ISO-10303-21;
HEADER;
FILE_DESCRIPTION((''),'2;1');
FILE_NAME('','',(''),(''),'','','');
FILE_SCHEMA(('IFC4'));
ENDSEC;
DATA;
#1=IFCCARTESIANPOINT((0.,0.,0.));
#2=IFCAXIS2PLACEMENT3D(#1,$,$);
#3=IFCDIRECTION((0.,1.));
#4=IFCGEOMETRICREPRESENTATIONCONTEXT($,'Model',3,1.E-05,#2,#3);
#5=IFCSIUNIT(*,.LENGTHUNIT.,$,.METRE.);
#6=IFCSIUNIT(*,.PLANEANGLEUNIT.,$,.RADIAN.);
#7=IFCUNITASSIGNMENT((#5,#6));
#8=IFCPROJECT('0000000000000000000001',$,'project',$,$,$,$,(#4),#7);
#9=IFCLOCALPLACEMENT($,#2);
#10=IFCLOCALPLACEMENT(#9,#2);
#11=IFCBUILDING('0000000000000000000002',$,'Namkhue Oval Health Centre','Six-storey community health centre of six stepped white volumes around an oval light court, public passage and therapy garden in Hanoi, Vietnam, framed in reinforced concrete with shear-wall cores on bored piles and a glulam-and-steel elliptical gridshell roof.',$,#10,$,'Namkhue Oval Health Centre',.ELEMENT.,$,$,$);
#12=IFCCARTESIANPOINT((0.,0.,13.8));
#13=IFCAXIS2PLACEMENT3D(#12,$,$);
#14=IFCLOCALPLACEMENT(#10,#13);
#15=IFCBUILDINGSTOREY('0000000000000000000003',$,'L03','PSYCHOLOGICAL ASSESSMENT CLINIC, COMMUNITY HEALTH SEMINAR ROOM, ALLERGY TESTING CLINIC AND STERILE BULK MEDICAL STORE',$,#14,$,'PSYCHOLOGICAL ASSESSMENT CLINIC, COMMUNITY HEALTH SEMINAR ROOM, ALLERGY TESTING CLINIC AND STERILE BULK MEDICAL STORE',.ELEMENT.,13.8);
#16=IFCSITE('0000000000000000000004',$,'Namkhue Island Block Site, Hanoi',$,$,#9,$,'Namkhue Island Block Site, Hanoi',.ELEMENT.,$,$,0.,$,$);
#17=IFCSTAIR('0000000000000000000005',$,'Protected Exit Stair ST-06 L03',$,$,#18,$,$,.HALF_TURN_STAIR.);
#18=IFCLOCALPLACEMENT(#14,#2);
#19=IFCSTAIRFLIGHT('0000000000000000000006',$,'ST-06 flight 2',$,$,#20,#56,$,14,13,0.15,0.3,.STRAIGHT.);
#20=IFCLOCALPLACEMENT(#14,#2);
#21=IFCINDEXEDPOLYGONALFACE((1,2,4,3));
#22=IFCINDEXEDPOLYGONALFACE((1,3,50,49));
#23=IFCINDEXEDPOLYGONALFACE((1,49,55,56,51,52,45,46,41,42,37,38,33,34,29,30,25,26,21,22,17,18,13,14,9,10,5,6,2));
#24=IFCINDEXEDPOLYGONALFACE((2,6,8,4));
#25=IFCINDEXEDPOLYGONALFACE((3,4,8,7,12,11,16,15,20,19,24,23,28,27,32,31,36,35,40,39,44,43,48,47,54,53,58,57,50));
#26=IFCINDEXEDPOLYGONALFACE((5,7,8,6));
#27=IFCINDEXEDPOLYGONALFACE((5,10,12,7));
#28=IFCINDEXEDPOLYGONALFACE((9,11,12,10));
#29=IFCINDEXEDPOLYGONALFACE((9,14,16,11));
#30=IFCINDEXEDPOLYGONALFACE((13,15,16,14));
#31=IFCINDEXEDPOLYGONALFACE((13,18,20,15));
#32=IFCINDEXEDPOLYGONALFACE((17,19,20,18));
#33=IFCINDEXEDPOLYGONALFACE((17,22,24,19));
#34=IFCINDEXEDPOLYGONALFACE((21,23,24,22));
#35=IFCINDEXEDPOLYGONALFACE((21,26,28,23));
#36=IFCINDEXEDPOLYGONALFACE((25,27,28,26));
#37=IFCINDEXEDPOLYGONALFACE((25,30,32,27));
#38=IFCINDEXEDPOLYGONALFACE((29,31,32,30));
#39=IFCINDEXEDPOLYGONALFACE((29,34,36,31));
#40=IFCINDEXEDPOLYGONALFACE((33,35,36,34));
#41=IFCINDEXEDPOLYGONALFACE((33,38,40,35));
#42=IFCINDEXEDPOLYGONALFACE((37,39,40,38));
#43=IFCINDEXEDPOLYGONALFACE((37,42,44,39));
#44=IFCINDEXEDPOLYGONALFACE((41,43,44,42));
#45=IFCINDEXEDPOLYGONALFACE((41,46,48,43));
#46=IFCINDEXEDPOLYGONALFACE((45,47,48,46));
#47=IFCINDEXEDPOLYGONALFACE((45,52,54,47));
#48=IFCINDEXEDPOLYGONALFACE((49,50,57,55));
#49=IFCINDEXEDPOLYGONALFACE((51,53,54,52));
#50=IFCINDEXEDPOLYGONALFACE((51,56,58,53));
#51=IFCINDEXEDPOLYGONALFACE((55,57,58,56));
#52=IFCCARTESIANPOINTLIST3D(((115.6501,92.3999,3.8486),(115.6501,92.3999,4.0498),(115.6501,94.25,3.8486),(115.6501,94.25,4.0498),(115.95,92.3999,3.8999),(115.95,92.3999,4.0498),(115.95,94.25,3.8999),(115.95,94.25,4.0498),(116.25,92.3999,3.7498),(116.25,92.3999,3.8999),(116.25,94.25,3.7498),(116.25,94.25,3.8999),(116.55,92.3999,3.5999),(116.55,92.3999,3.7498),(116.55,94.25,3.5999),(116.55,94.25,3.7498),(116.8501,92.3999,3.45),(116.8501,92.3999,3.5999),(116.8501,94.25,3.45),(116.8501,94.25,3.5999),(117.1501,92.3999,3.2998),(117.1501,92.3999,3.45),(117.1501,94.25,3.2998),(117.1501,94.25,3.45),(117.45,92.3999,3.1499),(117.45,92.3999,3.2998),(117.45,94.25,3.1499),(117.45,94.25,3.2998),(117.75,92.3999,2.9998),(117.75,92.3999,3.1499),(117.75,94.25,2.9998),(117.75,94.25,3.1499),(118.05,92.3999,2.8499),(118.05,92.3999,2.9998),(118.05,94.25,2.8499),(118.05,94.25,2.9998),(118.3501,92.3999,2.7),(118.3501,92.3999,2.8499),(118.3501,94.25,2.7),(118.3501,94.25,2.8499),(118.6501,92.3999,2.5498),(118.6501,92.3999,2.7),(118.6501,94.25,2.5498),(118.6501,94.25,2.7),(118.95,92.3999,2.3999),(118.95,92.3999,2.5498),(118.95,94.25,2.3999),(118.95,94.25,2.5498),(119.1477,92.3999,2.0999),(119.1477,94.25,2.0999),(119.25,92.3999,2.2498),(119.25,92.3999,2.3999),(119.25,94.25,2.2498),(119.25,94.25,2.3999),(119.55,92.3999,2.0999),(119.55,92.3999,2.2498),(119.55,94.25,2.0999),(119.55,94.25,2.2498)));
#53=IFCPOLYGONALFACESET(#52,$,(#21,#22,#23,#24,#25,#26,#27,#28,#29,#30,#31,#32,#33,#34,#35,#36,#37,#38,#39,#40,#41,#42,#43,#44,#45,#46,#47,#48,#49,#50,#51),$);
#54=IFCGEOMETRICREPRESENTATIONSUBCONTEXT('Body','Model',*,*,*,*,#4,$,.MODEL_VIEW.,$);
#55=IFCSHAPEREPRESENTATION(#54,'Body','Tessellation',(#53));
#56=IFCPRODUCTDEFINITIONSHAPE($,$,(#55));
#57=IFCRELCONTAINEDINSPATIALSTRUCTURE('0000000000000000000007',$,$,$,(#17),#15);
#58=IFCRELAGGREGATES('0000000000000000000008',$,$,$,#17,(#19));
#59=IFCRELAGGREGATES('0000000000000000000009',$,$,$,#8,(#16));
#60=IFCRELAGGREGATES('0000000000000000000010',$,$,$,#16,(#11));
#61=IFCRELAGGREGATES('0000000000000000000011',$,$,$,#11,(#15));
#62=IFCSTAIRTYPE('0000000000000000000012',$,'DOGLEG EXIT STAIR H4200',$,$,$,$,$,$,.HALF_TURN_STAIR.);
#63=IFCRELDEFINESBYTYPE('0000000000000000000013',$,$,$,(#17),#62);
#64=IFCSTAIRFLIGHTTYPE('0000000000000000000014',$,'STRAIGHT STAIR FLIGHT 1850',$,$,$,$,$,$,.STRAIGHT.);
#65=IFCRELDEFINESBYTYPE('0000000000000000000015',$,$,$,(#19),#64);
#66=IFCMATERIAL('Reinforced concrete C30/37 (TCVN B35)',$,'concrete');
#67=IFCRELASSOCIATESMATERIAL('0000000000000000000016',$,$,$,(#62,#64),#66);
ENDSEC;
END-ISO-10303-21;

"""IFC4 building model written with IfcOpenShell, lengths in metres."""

from ifc_helpers import new_model, si_unit, direction, frame, origin, place, context, subcontext, project, spatial, polyline, outline, extrude, material, type_object, element, aggregate, save


model = new_model("IFC4")

# Units and contexts
model_context = context("Model", 3, precision=1e-05, world=origin(), true_north=direction((0.0, 1.0)))
body_context = subcontext(model_context, "Body", "Model", "MODEL_VIEW")
ifc_project = project(units=[si_unit("LENGTHUNIT", "METRE"), si_unit("PLANEANGLEUNIT", "RADIAN")], contexts=[model_context])

# Site, building, storey
site_placement = place(None, origin())
site = spatial("IfcSite", under=ifc_project, at=site_placement, Name="Namkhue Island Block Site, Hanoi", LongName="Namkhue Island Block Site, Hanoi", CompositionType="ELEMENT", RefElevation=0.0)
building_placement = place(site_placement, origin())
building = spatial("IfcBuilding", under=site, at=building_placement, Name="Namkhue Oval Health Centre", Description="Six-storey community health centre of six stepped white volumes around an oval light court, public passage and therapy garden in Hanoi, Vietnam, framed in reinforced concrete with shear-wall cores on bored piles and a glulam-and-steel elliptical gridshell roof.", LongName="Namkhue Oval Health Centre", CompositionType="ELEMENT")
storey_placement = place(building_placement, frame((0.0, 0.0, 13.8)))
storey = spatial("IfcBuildingStorey", under=building, at=storey_placement, Name="L03", Description="PSYCHOLOGICAL ASSESSMENT CLINIC, COMMUNITY HEALTH SEMINAR ROOM, ALLERGY TESTING CLINIC AND STERILE BULK MEDICAL STORE", LongName="PSYCHOLOGICAL ASSESSMENT CLINIC, COMMUNITY HEALTH SEMINAR ROOM, ALLERGY TESTING CLINIC AND STERILE BULK MEDICAL STORE", CompositionType="ELEMENT", Elevation=13.8)

# Stair, stair flight
ifc_material_1 = material(Name="Reinforced concrete C30/37 (TCVN B35)", Category="concrete")
stair_type = type_object("IfcStairType", Name="DOGLEG EXIT STAIR H4200", PredefinedType="HALF_TURN_STAIR", material=ifc_material_1)
stair_placement = place(storey_placement, origin())
stair = element("IfcStair", 1, at=stair_placement, inside=storey, type_object=stair_type, Name="Protected Exit Stair ST-06 L03", PredefinedType="HALF_TURN_STAIR")
stair_flight_type = type_object("IfcStairFlightType", Name="STRAIGHT STAIR FLIGHT 1850", PredefinedType="STRAIGHT", material=ifc_material_1)
stair_flight_placement = place(storey_placement, frame((119.55, 93.325, 2.0999), z_axis=(0.0, 0.0, 1.0), x_axis=(-1.0, 0.0, 0.0)))
stair_flight = element("IfcStairFlight", 2, at=stair_flight_placement, type_object=stair_flight_type, Name="ST-06 flight 2", NumberOfRisers=14, NumberOfTreads=13, PredefinedType="STRAIGHT", RiserHeight=0.15, TreadLength=0.3, context=body_context, shape_type="SweptSolid", body=[
    extrude(outline(polyline([(0.0, 0.0), (0.0, 0.1499), (0.3, 0.1499), (0.3, 0.3), (0.6001, 0.3), (0.6001, 0.45), (0.8999, 0.45), (0.8999, 0.6001), (1.2, 0.6001), (1.2, 0.75), (1.5, 0.75), (1.5, 0.8999), (1.8, 0.8999), (1.8, 1.05), (2.1001, 1.05), (2.1001, 1.2), (2.3999, 1.2), (2.3999, 1.3501), (2.7, 1.3501), (2.7, 1.5), (3.0, 1.5), (3.0, 1.6499), (3.3, 1.6499), (3.3, 1.8), (3.6001, 1.8), (3.6001, 1.95), (3.8999, 1.95), (3.8999, 2.1001), (3.8999, 1.7488), (0.4023, 0.0), (0.0, 0.0)])), frame((0.0, 0.925, 0.0), z_axis=(0.0, -1.0, 0.0), x_axis=(1.0, 0.0, 0.0)), (0.0, 0.0, 1.0), 1.8501),
])
aggregate(stair, [stair_flight])

save(model, "model.ifc")
